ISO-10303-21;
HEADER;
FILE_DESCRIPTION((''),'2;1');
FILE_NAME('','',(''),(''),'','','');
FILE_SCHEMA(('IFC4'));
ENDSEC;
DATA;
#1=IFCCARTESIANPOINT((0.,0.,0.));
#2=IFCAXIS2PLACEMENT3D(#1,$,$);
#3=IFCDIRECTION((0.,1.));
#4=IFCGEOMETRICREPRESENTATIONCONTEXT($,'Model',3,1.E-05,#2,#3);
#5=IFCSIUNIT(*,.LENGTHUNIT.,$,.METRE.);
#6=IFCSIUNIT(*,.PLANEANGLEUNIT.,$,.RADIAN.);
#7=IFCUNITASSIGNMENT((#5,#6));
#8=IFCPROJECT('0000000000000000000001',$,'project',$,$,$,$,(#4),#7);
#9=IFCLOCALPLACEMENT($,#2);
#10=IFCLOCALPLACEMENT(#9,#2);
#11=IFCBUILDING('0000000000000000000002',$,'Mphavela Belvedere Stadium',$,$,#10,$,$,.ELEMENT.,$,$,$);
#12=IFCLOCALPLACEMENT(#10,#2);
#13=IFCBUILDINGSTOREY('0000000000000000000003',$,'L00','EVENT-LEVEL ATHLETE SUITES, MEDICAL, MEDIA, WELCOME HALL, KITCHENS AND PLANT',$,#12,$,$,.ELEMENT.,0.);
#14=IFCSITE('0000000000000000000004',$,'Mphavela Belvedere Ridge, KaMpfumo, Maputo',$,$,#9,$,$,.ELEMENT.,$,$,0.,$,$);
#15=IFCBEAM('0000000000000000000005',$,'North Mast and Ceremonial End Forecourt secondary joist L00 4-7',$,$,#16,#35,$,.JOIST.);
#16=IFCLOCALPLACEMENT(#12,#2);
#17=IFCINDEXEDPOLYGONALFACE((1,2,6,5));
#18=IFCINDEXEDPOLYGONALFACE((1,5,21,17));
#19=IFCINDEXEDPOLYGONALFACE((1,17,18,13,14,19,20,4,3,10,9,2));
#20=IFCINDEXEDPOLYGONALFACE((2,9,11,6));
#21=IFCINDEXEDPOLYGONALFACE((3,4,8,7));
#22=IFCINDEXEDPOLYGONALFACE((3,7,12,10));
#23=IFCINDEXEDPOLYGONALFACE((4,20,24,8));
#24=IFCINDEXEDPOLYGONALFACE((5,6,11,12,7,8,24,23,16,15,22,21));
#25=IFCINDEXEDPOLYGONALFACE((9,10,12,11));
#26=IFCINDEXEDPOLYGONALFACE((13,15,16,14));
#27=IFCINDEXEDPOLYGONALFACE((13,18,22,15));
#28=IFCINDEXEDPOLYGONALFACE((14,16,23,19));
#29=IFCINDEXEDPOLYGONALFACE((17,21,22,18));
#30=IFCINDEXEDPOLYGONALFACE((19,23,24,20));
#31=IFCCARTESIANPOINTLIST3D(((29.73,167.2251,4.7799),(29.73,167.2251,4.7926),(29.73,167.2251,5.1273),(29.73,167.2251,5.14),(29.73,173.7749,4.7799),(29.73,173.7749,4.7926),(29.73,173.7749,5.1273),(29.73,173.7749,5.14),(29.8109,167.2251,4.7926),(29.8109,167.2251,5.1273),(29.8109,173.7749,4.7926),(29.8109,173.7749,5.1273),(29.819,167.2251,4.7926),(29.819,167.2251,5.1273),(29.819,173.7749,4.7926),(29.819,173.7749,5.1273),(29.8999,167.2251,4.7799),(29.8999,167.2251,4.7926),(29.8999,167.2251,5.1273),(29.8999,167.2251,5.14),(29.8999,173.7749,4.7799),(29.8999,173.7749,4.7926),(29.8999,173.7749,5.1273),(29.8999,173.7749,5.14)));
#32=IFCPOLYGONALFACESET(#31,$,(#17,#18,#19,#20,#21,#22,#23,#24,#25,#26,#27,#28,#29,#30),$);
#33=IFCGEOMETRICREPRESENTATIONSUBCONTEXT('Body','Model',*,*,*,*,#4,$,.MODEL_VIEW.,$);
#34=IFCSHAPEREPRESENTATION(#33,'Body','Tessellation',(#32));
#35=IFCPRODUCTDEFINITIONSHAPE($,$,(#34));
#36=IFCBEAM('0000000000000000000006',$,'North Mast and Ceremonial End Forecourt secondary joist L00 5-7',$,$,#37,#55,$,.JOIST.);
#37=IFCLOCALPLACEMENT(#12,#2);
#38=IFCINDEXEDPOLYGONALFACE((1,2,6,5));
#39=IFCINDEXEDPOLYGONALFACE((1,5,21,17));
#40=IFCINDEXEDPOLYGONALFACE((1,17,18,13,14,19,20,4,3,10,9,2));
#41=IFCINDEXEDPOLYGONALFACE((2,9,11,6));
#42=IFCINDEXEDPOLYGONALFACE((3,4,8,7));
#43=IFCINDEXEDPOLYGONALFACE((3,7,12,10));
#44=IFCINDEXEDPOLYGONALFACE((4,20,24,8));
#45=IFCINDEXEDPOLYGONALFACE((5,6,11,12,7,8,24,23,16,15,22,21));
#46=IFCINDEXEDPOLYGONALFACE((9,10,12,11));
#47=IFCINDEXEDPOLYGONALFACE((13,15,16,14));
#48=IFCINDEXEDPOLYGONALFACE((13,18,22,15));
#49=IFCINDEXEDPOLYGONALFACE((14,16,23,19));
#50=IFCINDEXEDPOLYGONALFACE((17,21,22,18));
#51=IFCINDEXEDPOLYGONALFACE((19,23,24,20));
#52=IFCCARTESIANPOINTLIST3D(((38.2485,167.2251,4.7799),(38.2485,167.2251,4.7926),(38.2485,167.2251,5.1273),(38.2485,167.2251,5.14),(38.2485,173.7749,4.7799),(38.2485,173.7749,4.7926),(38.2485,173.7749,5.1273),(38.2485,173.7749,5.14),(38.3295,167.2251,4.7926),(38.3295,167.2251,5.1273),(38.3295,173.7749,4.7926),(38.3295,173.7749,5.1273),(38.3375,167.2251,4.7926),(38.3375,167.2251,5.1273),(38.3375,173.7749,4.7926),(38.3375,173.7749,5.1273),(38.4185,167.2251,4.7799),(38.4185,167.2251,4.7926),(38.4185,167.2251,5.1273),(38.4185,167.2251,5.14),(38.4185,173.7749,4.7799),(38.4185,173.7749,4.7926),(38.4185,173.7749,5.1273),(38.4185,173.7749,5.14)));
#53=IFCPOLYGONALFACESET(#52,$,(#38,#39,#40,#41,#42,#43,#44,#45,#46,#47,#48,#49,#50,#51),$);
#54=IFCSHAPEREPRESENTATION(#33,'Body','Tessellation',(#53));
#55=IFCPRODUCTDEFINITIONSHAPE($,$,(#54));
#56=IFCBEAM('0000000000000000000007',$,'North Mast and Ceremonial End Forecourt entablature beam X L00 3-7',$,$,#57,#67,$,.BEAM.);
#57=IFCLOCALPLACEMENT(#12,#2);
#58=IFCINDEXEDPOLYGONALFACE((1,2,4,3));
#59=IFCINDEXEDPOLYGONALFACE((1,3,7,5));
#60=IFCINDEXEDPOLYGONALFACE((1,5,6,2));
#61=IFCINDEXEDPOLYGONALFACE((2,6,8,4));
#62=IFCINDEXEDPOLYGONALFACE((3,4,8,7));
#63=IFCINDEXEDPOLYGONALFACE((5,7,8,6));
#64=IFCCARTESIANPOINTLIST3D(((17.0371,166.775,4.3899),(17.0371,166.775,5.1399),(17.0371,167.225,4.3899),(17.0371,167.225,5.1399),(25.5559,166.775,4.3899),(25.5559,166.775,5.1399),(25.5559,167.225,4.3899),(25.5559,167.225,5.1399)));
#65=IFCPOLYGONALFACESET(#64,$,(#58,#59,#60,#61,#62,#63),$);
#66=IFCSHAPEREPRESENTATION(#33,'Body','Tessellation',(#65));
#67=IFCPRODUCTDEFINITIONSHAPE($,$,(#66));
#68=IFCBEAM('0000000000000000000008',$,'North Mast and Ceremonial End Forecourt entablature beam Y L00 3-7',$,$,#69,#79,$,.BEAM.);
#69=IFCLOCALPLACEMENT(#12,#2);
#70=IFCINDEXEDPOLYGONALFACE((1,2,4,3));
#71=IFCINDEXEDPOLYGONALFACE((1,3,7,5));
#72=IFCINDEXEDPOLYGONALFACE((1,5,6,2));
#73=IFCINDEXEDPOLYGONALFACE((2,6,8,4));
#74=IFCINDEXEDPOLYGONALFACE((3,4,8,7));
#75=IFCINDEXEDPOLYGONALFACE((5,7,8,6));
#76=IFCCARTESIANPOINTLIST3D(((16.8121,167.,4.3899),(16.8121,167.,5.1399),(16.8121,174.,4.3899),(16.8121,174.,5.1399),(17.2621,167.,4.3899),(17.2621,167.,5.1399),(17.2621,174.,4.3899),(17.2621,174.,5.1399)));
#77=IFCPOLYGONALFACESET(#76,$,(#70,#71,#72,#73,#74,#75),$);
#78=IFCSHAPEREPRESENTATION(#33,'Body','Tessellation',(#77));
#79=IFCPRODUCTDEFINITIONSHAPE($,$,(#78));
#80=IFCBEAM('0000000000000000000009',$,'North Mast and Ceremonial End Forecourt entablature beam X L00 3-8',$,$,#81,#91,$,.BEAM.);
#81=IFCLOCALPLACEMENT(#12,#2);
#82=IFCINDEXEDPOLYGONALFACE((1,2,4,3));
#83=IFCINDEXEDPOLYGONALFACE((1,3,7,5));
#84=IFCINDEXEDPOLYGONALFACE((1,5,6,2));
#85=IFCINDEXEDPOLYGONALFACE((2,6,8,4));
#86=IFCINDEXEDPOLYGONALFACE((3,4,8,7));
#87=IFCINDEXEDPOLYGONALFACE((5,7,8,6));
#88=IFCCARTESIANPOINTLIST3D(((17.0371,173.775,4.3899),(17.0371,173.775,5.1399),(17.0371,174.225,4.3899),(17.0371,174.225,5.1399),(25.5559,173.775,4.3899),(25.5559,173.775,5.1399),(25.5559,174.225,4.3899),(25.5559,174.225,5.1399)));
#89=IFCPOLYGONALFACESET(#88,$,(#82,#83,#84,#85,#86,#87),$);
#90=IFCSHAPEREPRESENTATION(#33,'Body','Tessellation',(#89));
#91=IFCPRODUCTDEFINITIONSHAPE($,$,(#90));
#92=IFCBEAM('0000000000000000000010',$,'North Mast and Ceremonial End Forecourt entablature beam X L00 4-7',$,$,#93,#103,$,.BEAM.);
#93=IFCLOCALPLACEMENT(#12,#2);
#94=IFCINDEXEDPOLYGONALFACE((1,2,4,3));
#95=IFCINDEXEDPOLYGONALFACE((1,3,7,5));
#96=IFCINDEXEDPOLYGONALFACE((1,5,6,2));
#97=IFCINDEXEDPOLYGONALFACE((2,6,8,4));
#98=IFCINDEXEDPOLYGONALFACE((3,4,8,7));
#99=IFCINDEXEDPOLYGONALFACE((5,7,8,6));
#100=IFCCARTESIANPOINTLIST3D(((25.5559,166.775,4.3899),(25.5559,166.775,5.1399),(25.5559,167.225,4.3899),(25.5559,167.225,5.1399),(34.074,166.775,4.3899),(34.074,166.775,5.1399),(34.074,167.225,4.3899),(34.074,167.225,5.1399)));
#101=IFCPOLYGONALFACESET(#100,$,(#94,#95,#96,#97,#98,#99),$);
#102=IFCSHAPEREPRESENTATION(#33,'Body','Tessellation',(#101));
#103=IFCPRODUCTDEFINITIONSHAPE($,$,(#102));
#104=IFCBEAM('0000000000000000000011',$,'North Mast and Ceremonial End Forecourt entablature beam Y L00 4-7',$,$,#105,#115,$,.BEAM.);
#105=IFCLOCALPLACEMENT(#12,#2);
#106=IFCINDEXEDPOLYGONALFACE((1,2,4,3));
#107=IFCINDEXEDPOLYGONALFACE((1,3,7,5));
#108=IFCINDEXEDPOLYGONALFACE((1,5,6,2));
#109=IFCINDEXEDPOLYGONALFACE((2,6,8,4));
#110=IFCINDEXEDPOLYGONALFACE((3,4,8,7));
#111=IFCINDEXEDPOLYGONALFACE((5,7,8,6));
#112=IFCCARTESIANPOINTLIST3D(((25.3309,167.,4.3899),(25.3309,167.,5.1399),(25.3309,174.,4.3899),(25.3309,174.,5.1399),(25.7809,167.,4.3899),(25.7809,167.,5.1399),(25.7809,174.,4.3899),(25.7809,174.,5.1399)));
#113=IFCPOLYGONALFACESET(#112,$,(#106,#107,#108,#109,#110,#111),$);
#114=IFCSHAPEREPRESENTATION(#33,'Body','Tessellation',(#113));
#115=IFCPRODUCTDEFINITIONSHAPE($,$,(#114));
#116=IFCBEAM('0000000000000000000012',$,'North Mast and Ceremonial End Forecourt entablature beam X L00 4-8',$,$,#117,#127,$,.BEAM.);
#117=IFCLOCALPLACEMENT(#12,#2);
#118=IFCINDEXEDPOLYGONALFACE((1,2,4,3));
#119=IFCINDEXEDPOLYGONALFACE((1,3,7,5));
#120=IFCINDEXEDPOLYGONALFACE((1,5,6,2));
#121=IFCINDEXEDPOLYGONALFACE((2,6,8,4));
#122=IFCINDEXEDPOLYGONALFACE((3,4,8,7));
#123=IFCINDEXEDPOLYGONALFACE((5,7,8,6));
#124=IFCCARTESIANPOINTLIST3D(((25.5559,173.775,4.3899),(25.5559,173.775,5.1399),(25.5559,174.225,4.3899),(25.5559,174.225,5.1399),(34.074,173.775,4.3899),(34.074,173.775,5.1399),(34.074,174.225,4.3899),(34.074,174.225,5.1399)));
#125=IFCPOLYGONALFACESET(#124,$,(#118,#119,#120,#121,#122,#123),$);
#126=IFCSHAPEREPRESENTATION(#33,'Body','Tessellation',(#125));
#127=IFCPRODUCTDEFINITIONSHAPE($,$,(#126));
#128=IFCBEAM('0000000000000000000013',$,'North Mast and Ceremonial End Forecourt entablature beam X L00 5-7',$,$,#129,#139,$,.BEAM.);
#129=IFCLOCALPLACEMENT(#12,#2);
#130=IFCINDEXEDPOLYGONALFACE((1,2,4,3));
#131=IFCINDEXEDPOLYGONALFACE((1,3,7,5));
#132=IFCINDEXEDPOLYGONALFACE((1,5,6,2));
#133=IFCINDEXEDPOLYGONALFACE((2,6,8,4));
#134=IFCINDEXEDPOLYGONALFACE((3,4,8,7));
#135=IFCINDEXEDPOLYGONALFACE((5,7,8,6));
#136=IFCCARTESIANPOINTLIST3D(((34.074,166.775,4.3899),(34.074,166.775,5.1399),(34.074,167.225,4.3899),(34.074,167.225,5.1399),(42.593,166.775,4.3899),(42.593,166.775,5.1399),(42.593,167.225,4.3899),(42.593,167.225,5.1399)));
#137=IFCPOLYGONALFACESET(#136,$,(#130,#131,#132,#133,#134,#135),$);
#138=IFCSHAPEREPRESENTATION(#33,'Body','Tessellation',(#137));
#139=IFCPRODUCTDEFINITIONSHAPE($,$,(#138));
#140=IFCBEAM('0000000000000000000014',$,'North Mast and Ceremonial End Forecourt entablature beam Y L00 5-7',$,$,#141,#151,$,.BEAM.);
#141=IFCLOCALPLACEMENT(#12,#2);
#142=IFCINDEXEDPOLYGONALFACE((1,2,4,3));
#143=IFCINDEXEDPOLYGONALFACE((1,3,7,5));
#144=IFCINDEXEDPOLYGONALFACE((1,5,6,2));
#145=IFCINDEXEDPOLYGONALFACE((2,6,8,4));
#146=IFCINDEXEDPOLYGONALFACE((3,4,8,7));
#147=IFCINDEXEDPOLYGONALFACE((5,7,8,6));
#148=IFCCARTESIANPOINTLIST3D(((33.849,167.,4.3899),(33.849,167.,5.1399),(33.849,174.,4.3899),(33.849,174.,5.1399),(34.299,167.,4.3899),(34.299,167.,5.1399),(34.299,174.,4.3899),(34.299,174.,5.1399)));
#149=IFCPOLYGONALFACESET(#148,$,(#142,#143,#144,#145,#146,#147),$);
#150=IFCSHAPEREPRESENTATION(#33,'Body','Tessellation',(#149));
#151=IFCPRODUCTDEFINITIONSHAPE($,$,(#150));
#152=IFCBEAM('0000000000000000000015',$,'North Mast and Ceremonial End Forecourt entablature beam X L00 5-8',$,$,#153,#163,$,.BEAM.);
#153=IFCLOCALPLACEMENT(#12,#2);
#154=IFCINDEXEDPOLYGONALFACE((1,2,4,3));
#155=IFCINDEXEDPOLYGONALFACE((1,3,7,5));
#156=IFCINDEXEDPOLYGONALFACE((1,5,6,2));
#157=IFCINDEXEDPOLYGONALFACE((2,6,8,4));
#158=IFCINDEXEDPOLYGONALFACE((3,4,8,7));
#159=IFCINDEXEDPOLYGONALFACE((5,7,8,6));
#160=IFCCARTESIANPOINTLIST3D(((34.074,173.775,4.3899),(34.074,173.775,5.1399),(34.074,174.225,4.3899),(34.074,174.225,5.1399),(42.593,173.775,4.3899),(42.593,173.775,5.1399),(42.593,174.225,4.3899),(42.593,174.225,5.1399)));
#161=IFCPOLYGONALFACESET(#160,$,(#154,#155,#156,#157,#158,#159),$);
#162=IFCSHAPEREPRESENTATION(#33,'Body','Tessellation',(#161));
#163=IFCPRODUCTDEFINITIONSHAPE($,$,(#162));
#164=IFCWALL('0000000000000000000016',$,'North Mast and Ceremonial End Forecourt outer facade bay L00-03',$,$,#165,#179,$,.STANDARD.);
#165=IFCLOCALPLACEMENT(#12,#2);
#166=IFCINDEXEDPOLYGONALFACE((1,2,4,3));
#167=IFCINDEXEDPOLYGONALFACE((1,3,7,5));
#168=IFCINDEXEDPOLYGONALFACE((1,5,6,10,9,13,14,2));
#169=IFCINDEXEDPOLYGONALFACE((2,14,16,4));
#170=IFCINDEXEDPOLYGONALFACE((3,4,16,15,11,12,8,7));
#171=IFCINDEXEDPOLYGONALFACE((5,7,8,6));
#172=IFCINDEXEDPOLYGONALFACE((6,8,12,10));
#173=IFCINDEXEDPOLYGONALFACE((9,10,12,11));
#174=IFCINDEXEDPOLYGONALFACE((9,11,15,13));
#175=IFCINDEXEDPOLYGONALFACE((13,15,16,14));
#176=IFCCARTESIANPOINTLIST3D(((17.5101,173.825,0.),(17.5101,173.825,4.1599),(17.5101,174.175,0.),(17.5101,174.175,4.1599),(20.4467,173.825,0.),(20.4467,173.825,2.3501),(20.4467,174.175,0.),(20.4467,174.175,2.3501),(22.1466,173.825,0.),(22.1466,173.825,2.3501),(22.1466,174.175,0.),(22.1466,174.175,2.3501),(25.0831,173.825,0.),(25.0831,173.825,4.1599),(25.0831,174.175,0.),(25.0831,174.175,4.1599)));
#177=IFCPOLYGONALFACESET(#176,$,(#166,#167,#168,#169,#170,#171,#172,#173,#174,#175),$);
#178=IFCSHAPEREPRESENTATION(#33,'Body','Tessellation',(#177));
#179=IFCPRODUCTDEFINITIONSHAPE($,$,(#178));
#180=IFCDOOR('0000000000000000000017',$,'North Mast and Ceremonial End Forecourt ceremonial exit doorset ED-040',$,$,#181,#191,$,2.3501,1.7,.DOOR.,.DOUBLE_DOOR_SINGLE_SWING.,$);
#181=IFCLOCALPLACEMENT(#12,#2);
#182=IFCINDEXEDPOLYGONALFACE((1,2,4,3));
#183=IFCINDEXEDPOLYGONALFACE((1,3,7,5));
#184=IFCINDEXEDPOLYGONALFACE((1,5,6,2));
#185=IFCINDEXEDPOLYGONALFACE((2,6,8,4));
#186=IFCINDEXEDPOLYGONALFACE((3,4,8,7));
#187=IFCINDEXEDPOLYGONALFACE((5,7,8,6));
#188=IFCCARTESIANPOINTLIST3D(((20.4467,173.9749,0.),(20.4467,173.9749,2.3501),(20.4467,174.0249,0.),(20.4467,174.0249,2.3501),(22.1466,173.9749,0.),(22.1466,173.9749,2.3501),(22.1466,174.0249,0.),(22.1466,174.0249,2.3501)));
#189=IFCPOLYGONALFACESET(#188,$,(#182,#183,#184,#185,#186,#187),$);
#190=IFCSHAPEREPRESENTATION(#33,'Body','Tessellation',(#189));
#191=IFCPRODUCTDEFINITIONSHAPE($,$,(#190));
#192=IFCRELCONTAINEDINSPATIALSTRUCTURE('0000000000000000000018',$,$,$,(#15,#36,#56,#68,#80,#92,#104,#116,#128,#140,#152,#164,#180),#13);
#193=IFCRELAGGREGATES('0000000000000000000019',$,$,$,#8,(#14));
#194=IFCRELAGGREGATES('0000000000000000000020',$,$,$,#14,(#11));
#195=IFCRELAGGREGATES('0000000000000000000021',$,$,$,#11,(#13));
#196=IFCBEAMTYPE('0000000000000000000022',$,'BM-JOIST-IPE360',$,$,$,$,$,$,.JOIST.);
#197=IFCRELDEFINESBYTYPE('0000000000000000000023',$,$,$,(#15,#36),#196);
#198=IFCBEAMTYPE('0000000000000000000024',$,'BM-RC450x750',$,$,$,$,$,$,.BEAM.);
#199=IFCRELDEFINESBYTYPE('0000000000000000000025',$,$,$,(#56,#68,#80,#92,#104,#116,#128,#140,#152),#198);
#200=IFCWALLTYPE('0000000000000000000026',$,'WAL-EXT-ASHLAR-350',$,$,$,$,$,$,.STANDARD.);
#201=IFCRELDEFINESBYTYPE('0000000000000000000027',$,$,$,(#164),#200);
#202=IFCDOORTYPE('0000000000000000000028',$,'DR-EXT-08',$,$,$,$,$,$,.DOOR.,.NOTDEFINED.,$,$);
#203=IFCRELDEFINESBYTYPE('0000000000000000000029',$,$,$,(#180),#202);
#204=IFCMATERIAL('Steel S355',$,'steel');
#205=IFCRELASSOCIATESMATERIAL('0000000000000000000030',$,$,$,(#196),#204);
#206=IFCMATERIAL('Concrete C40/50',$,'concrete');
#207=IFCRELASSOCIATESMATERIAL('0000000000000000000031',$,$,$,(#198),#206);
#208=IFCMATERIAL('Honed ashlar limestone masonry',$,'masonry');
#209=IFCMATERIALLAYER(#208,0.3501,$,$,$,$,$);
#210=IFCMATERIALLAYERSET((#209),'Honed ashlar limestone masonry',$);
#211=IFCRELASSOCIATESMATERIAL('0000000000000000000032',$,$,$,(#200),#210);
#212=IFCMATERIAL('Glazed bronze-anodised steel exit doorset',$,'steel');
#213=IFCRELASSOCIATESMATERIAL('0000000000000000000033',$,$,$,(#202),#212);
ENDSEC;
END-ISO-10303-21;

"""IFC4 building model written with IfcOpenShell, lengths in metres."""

from ifc_helpers import new_model, si_unit, direction, frame, frame_2d, origin, origin_2d, place, context, subcontext, project, spatial, rectangle, i_section, extrude, material, layer, layer_set, material_profile, profile_set, type_object, element, fill, save


model = new_model("IFC4")

# Units and contexts
model_context = context("Model", 3, precision=1e-05, world=origin(), true_north=direction((0.0, 1.0)))
body_context = subcontext(model_context, "Body", "Model", "MODEL_VIEW")
ifc_project = project(units=[si_unit("LENGTHUNIT", "METRE"), si_unit("PLANEANGLEUNIT", "RADIAN")], contexts=[model_context])

# Site, building, storey
site_placement = place(None, origin())
site = spatial("IfcSite", under=ifc_project, at=site_placement, Name="Mphavela Belvedere Ridge, KaMpfumo, Maputo", CompositionType="ELEMENT", RefElevation=0.0)
building_placement = place(site_placement, origin())
building = spatial("IfcBuilding", under=site, at=building_placement, Name="Mphavela Belvedere Stadium", CompositionType="ELEMENT")
storey_placement = place(building_placement, origin())
storey = spatial("IfcBuildingStorey", under=building, at=storey_placement, Name="L00", Description="EVENT-LEVEL ATHLETE SUITES, MEDICAL, MEDIA, WELCOME HALL, KITCHENS AND PLANT", CompositionType="ELEMENT", Elevation=0.0)

# Beams
ifc_material_1 = material(Name="Steel S355", Category="steel")
ifc_material_profile_1 = material_profile(ifc_material_1, i_section(OverallWidth=0.1699, OverallDepth=0.3601, WebThickness=0.0081, FlangeThickness=0.0127, at=origin_2d()), Name="IPE 360")
ifc_profile_set_1 = profile_set([ifc_material_profile_1], Name="Steel S355")
beam_type_1 = type_object("IfcBeamType", Name="BM-JOIST-IPE360", PredefinedType="JOIST", material=ifc_profile_set_1)
for number, where, z_axis, x_axis, name in (
    (1, (29.8149, 167.2251, 4.96), (0.0, 1.0, 0.0), (-1.0, 0.0, 0.0), "North Mast and Ceremonial End Forecourt secondary joist L00 4-7"),
    (2, (38.3335, 167.2251, 4.96), (0.0, 1.0, 0.0), (-1.0, 0.0, 0.0), "North Mast and Ceremonial End Forecourt secondary joist L00 5-7"),
):
    element("IfcBeam", number, at=place(storey_placement, frame(where, z_axis=z_axis, x_axis=x_axis)), inside=storey, type_object=beam_type_1, Name=name, PredefinedType="JOIST", context=body_context, shape_type="SweptSolid", body=[
        extrude(i_section(OverallWidth=0.1699, OverallDepth=0.3601, WebThickness=0.0081, FlangeThickness=0.0127, at=origin_2d()), origin(), (0.0, 0.0, 1.0), 6.5498),
    ])
ifc_material_2 = material(Name="Concrete C40/50", Category="concrete")
ifc_material_profile_2 = material_profile(ifc_material_2, rectangle(XDim=0.45, YDim=0.75, at=origin_2d()), Name="RC 450x750")
ifc_profile_set_2 = profile_set([ifc_material_profile_2], Name="Concrete C40/50")
beam_type_2 = type_object("IfcBeamType", Name="BM-RC450x750", PredefinedType="BEAM", material=ifc_profile_set_2)
beam_1_placement = place(storey_placement, frame((17.0371, 167.0, 4.7649), z_axis=(1.0, 0.0, 0.0), x_axis=(0.0, 1.0, 0.0)))
element("IfcBeam", 3, at=beam_1_placement, inside=storey, type_object=beam_type_2, Name="North Mast and Ceremonial End Forecourt entablature beam X L00 3-7", PredefinedType="BEAM", context=body_context, shape_type="SweptSolid", body=[
    extrude(rectangle(XDim=0.45, YDim=0.75, at=origin_2d()), origin(), (0.0, 0.0, 1.0), 8.5188),
])
beam_2_placement = place(storey_placement, frame((17.0371, 167.0, 4.7649), z_axis=(0.0, 1.0, 0.0), x_axis=(-1.0, 0.0, 0.0)))
element("IfcBeam", 4, at=beam_2_placement, inside=storey, type_object=beam_type_2, Name="North Mast and Ceremonial End Forecourt entablature beam Y L00 3-7", PredefinedType="BEAM", context=body_context, shape_type="SweptSolid", body=[
    extrude(rectangle(XDim=0.45, YDim=0.75, at=origin_2d()), origin(), (0.0, 0.0, 1.0), 7.0),
])
beam_3_placement = place(storey_placement, frame((17.0371, 174.0, 4.7649), z_axis=(1.0, 0.0, 0.0), x_axis=(0.0, 1.0, 0.0)))
element("IfcBeam", 5, at=beam_3_placement, inside=storey, type_object=beam_type_2, Name="North Mast and Ceremonial End Forecourt entablature beam X L00 3-8", PredefinedType="BEAM", context=body_context, shape_type="SweptSolid", body=[
    extrude(rectangle(XDim=0.45, YDim=0.75, at=origin_2d()), origin(), (0.0, 0.0, 1.0), 8.5188),
])
beam_4_placement = place(storey_placement, frame((25.5559, 167.0, 4.7649), z_axis=(1.0, 0.0, 0.0), x_axis=(0.0, 1.0, 0.0)))
element("IfcBeam", 6, at=beam_4_placement, inside=storey, type_object=beam_type_2, Name="North Mast and Ceremonial End Forecourt entablature beam X L00 4-7", PredefinedType="BEAM", context=body_context, shape_type="SweptSolid", body=[
    extrude(rectangle(XDim=0.45, YDim=0.75, at=origin_2d()), origin(), (0.0, 0.0, 1.0), 8.5181),
])
beam_5_placement = place(storey_placement, frame((25.5559, 167.0, 4.7649), z_axis=(0.0, 1.0, 0.0), x_axis=(-1.0, 0.0, 0.0)))
element("IfcBeam", 7, at=beam_5_placement, inside=storey, type_object=beam_type_2, Name="North Mast and Ceremonial End Forecourt entablature beam Y L00 4-7", PredefinedType="BEAM", context=body_context, shape_type="SweptSolid", body=[
    extrude(rectangle(XDim=0.45, YDim=0.75, at=origin_2d()), origin(), (0.0, 0.0, 1.0), 7.0),
])
beam_6_placement = place(storey_placement, frame((25.5559, 174.0, 4.7649), z_axis=(1.0, 0.0, 0.0), x_axis=(0.0, 1.0, 0.0)))
element("IfcBeam", 8, at=beam_6_placement, inside=storey, type_object=beam_type_2, Name="North Mast and Ceremonial End Forecourt entablature beam X L00 4-8", PredefinedType="BEAM", context=body_context, shape_type="SweptSolid", body=[
    extrude(rectangle(XDim=0.45, YDim=0.75, at=origin_2d()), origin(), (0.0, 0.0, 1.0), 8.5181),
])
beam_7_placement = place(storey_placement, frame((34.074, 167.0, 4.7649), z_axis=(1.0, 0.0, 0.0), x_axis=(0.0, 1.0, 0.0)))
element("IfcBeam", 9, at=beam_7_placement, inside=storey, type_object=beam_type_2, Name="North Mast and Ceremonial End Forecourt entablature beam X L00 5-7", PredefinedType="BEAM", context=body_context, shape_type="SweptSolid", body=[
    extrude(rectangle(XDim=0.45, YDim=0.75, at=origin_2d()), origin(), (0.0, 0.0, 1.0), 8.519),
])
beam_8_placement = place(storey_placement, frame((34.074, 167.0, 4.7649), z_axis=(0.0, 1.0, 0.0), x_axis=(-1.0, 0.0, 0.0)))
element("IfcBeam", 10, at=beam_8_placement, inside=storey, type_object=beam_type_2, Name="North Mast and Ceremonial End Forecourt entablature beam Y L00 5-7", PredefinedType="BEAM", context=body_context, shape_type="SweptSolid", body=[
    extrude(rectangle(XDim=0.45, YDim=0.75, at=origin_2d()), origin(), (0.0, 0.0, 1.0), 7.0),
])
beam_9_placement = place(storey_placement, frame((34.074, 174.0, 4.7649), z_axis=(1.0, 0.0, 0.0), x_axis=(0.0, 1.0, 0.0)))
element("IfcBeam", 11, at=beam_9_placement, inside=storey, type_object=beam_type_2, Name="North Mast and Ceremonial End Forecourt entablature beam X L00 5-8", PredefinedType="BEAM", context=body_context, shape_type="SweptSolid", body=[
    extrude(rectangle(XDim=0.45, YDim=0.75, at=origin_2d()), origin(), (0.0, 0.0, 1.0), 8.519),
])

# Wall, opening, door
ifc_material_3 = material(Name="Honed ashlar limestone masonry", Category="masonry")
ifc_layer_1 = layer(ifc_material_3, 0.3501)
ifc_layer_set_1 = layer_set([ifc_layer_1], Name="Honed ashlar limestone masonry")
wall_type_1 = type_object("IfcWallType", Name="WAL-EXT-ASHLAR-350", PredefinedType="STANDARD", material=ifc_layer_set_1)
wall_1_placement = place(storey_placement, frame((17.51, 174.0, 0.0), z_axis=(0.0, 0.0, 1.0), x_axis=(1.0, 0.0, 0.0)))
wall_1 = element("IfcWall", 12, at=wall_1_placement, inside=storey, type_object=wall_type_1, Name="North Mast and Ceremonial End Forecourt outer facade bay L00-03", PredefinedType="STANDARD", context=body_context, shape_type="SweptSolid", body=[
    extrude(rectangle(XDim=7.573, YDim=0.3501, at=frame_2d((3.7866, 0.0))), origin(), (0.0, 0.0, 1.0), 4.1599),
])
opening_1_placement = place(wall_1_placement, frame((2.9365, 0.0, 0.0)))
opening_1 = element("IfcOpeningElement", 13, at=opening_1_placement, cuts=wall_1, PredefinedType="OPENING", context=body_context, shape_type="SweptSolid", body=[
    extrude(rectangle(XDim=1.7, YDim=2.3501, at=frame_2d((0.8501, 1.175))), frame((0.0, 0.1851, 0.0), z_axis=(0.0, -1.0, 0.0), x_axis=(1.0, 0.0, 0.0)), (0.0, 0.0, 1.0), 0.3701),
])
ifc_material_4 = material(Name="Glazed bronze-anodised steel exit doorset", Category="steel")
door_type_1 = type_object("IfcDoorType", Name="DR-EXT-08", OperationType="NOTDEFINED", PredefinedType="DOOR", material=ifc_material_4)
door_1_placement = place(opening_1_placement, origin())
door_1 = element("IfcDoor", 14, at=door_1_placement, inside=storey, type_object=door_type_1, Name="North Mast and Ceremonial End Forecourt ceremonial exit doorset ED-040", OperationType="DOUBLE_DOOR_SINGLE_SWING", OverallHeight=2.3501, OverallWidth=1.7, PredefinedType="DOOR", context=body_context, shape_type="SweptSolid", body=[
    extrude(rectangle(XDim=1.7, YDim=2.3501, at=frame_2d((0.8501, 1.175))), frame((0.0, 0.0249, 0.0), z_axis=(0.0, -1.0, 0.0), x_axis=(1.0, 0.0, 0.0)), (0.0, 0.0, 1.0), 0.05),
])
fill(opening_1, door_1)

save(model, "model.ifc")
